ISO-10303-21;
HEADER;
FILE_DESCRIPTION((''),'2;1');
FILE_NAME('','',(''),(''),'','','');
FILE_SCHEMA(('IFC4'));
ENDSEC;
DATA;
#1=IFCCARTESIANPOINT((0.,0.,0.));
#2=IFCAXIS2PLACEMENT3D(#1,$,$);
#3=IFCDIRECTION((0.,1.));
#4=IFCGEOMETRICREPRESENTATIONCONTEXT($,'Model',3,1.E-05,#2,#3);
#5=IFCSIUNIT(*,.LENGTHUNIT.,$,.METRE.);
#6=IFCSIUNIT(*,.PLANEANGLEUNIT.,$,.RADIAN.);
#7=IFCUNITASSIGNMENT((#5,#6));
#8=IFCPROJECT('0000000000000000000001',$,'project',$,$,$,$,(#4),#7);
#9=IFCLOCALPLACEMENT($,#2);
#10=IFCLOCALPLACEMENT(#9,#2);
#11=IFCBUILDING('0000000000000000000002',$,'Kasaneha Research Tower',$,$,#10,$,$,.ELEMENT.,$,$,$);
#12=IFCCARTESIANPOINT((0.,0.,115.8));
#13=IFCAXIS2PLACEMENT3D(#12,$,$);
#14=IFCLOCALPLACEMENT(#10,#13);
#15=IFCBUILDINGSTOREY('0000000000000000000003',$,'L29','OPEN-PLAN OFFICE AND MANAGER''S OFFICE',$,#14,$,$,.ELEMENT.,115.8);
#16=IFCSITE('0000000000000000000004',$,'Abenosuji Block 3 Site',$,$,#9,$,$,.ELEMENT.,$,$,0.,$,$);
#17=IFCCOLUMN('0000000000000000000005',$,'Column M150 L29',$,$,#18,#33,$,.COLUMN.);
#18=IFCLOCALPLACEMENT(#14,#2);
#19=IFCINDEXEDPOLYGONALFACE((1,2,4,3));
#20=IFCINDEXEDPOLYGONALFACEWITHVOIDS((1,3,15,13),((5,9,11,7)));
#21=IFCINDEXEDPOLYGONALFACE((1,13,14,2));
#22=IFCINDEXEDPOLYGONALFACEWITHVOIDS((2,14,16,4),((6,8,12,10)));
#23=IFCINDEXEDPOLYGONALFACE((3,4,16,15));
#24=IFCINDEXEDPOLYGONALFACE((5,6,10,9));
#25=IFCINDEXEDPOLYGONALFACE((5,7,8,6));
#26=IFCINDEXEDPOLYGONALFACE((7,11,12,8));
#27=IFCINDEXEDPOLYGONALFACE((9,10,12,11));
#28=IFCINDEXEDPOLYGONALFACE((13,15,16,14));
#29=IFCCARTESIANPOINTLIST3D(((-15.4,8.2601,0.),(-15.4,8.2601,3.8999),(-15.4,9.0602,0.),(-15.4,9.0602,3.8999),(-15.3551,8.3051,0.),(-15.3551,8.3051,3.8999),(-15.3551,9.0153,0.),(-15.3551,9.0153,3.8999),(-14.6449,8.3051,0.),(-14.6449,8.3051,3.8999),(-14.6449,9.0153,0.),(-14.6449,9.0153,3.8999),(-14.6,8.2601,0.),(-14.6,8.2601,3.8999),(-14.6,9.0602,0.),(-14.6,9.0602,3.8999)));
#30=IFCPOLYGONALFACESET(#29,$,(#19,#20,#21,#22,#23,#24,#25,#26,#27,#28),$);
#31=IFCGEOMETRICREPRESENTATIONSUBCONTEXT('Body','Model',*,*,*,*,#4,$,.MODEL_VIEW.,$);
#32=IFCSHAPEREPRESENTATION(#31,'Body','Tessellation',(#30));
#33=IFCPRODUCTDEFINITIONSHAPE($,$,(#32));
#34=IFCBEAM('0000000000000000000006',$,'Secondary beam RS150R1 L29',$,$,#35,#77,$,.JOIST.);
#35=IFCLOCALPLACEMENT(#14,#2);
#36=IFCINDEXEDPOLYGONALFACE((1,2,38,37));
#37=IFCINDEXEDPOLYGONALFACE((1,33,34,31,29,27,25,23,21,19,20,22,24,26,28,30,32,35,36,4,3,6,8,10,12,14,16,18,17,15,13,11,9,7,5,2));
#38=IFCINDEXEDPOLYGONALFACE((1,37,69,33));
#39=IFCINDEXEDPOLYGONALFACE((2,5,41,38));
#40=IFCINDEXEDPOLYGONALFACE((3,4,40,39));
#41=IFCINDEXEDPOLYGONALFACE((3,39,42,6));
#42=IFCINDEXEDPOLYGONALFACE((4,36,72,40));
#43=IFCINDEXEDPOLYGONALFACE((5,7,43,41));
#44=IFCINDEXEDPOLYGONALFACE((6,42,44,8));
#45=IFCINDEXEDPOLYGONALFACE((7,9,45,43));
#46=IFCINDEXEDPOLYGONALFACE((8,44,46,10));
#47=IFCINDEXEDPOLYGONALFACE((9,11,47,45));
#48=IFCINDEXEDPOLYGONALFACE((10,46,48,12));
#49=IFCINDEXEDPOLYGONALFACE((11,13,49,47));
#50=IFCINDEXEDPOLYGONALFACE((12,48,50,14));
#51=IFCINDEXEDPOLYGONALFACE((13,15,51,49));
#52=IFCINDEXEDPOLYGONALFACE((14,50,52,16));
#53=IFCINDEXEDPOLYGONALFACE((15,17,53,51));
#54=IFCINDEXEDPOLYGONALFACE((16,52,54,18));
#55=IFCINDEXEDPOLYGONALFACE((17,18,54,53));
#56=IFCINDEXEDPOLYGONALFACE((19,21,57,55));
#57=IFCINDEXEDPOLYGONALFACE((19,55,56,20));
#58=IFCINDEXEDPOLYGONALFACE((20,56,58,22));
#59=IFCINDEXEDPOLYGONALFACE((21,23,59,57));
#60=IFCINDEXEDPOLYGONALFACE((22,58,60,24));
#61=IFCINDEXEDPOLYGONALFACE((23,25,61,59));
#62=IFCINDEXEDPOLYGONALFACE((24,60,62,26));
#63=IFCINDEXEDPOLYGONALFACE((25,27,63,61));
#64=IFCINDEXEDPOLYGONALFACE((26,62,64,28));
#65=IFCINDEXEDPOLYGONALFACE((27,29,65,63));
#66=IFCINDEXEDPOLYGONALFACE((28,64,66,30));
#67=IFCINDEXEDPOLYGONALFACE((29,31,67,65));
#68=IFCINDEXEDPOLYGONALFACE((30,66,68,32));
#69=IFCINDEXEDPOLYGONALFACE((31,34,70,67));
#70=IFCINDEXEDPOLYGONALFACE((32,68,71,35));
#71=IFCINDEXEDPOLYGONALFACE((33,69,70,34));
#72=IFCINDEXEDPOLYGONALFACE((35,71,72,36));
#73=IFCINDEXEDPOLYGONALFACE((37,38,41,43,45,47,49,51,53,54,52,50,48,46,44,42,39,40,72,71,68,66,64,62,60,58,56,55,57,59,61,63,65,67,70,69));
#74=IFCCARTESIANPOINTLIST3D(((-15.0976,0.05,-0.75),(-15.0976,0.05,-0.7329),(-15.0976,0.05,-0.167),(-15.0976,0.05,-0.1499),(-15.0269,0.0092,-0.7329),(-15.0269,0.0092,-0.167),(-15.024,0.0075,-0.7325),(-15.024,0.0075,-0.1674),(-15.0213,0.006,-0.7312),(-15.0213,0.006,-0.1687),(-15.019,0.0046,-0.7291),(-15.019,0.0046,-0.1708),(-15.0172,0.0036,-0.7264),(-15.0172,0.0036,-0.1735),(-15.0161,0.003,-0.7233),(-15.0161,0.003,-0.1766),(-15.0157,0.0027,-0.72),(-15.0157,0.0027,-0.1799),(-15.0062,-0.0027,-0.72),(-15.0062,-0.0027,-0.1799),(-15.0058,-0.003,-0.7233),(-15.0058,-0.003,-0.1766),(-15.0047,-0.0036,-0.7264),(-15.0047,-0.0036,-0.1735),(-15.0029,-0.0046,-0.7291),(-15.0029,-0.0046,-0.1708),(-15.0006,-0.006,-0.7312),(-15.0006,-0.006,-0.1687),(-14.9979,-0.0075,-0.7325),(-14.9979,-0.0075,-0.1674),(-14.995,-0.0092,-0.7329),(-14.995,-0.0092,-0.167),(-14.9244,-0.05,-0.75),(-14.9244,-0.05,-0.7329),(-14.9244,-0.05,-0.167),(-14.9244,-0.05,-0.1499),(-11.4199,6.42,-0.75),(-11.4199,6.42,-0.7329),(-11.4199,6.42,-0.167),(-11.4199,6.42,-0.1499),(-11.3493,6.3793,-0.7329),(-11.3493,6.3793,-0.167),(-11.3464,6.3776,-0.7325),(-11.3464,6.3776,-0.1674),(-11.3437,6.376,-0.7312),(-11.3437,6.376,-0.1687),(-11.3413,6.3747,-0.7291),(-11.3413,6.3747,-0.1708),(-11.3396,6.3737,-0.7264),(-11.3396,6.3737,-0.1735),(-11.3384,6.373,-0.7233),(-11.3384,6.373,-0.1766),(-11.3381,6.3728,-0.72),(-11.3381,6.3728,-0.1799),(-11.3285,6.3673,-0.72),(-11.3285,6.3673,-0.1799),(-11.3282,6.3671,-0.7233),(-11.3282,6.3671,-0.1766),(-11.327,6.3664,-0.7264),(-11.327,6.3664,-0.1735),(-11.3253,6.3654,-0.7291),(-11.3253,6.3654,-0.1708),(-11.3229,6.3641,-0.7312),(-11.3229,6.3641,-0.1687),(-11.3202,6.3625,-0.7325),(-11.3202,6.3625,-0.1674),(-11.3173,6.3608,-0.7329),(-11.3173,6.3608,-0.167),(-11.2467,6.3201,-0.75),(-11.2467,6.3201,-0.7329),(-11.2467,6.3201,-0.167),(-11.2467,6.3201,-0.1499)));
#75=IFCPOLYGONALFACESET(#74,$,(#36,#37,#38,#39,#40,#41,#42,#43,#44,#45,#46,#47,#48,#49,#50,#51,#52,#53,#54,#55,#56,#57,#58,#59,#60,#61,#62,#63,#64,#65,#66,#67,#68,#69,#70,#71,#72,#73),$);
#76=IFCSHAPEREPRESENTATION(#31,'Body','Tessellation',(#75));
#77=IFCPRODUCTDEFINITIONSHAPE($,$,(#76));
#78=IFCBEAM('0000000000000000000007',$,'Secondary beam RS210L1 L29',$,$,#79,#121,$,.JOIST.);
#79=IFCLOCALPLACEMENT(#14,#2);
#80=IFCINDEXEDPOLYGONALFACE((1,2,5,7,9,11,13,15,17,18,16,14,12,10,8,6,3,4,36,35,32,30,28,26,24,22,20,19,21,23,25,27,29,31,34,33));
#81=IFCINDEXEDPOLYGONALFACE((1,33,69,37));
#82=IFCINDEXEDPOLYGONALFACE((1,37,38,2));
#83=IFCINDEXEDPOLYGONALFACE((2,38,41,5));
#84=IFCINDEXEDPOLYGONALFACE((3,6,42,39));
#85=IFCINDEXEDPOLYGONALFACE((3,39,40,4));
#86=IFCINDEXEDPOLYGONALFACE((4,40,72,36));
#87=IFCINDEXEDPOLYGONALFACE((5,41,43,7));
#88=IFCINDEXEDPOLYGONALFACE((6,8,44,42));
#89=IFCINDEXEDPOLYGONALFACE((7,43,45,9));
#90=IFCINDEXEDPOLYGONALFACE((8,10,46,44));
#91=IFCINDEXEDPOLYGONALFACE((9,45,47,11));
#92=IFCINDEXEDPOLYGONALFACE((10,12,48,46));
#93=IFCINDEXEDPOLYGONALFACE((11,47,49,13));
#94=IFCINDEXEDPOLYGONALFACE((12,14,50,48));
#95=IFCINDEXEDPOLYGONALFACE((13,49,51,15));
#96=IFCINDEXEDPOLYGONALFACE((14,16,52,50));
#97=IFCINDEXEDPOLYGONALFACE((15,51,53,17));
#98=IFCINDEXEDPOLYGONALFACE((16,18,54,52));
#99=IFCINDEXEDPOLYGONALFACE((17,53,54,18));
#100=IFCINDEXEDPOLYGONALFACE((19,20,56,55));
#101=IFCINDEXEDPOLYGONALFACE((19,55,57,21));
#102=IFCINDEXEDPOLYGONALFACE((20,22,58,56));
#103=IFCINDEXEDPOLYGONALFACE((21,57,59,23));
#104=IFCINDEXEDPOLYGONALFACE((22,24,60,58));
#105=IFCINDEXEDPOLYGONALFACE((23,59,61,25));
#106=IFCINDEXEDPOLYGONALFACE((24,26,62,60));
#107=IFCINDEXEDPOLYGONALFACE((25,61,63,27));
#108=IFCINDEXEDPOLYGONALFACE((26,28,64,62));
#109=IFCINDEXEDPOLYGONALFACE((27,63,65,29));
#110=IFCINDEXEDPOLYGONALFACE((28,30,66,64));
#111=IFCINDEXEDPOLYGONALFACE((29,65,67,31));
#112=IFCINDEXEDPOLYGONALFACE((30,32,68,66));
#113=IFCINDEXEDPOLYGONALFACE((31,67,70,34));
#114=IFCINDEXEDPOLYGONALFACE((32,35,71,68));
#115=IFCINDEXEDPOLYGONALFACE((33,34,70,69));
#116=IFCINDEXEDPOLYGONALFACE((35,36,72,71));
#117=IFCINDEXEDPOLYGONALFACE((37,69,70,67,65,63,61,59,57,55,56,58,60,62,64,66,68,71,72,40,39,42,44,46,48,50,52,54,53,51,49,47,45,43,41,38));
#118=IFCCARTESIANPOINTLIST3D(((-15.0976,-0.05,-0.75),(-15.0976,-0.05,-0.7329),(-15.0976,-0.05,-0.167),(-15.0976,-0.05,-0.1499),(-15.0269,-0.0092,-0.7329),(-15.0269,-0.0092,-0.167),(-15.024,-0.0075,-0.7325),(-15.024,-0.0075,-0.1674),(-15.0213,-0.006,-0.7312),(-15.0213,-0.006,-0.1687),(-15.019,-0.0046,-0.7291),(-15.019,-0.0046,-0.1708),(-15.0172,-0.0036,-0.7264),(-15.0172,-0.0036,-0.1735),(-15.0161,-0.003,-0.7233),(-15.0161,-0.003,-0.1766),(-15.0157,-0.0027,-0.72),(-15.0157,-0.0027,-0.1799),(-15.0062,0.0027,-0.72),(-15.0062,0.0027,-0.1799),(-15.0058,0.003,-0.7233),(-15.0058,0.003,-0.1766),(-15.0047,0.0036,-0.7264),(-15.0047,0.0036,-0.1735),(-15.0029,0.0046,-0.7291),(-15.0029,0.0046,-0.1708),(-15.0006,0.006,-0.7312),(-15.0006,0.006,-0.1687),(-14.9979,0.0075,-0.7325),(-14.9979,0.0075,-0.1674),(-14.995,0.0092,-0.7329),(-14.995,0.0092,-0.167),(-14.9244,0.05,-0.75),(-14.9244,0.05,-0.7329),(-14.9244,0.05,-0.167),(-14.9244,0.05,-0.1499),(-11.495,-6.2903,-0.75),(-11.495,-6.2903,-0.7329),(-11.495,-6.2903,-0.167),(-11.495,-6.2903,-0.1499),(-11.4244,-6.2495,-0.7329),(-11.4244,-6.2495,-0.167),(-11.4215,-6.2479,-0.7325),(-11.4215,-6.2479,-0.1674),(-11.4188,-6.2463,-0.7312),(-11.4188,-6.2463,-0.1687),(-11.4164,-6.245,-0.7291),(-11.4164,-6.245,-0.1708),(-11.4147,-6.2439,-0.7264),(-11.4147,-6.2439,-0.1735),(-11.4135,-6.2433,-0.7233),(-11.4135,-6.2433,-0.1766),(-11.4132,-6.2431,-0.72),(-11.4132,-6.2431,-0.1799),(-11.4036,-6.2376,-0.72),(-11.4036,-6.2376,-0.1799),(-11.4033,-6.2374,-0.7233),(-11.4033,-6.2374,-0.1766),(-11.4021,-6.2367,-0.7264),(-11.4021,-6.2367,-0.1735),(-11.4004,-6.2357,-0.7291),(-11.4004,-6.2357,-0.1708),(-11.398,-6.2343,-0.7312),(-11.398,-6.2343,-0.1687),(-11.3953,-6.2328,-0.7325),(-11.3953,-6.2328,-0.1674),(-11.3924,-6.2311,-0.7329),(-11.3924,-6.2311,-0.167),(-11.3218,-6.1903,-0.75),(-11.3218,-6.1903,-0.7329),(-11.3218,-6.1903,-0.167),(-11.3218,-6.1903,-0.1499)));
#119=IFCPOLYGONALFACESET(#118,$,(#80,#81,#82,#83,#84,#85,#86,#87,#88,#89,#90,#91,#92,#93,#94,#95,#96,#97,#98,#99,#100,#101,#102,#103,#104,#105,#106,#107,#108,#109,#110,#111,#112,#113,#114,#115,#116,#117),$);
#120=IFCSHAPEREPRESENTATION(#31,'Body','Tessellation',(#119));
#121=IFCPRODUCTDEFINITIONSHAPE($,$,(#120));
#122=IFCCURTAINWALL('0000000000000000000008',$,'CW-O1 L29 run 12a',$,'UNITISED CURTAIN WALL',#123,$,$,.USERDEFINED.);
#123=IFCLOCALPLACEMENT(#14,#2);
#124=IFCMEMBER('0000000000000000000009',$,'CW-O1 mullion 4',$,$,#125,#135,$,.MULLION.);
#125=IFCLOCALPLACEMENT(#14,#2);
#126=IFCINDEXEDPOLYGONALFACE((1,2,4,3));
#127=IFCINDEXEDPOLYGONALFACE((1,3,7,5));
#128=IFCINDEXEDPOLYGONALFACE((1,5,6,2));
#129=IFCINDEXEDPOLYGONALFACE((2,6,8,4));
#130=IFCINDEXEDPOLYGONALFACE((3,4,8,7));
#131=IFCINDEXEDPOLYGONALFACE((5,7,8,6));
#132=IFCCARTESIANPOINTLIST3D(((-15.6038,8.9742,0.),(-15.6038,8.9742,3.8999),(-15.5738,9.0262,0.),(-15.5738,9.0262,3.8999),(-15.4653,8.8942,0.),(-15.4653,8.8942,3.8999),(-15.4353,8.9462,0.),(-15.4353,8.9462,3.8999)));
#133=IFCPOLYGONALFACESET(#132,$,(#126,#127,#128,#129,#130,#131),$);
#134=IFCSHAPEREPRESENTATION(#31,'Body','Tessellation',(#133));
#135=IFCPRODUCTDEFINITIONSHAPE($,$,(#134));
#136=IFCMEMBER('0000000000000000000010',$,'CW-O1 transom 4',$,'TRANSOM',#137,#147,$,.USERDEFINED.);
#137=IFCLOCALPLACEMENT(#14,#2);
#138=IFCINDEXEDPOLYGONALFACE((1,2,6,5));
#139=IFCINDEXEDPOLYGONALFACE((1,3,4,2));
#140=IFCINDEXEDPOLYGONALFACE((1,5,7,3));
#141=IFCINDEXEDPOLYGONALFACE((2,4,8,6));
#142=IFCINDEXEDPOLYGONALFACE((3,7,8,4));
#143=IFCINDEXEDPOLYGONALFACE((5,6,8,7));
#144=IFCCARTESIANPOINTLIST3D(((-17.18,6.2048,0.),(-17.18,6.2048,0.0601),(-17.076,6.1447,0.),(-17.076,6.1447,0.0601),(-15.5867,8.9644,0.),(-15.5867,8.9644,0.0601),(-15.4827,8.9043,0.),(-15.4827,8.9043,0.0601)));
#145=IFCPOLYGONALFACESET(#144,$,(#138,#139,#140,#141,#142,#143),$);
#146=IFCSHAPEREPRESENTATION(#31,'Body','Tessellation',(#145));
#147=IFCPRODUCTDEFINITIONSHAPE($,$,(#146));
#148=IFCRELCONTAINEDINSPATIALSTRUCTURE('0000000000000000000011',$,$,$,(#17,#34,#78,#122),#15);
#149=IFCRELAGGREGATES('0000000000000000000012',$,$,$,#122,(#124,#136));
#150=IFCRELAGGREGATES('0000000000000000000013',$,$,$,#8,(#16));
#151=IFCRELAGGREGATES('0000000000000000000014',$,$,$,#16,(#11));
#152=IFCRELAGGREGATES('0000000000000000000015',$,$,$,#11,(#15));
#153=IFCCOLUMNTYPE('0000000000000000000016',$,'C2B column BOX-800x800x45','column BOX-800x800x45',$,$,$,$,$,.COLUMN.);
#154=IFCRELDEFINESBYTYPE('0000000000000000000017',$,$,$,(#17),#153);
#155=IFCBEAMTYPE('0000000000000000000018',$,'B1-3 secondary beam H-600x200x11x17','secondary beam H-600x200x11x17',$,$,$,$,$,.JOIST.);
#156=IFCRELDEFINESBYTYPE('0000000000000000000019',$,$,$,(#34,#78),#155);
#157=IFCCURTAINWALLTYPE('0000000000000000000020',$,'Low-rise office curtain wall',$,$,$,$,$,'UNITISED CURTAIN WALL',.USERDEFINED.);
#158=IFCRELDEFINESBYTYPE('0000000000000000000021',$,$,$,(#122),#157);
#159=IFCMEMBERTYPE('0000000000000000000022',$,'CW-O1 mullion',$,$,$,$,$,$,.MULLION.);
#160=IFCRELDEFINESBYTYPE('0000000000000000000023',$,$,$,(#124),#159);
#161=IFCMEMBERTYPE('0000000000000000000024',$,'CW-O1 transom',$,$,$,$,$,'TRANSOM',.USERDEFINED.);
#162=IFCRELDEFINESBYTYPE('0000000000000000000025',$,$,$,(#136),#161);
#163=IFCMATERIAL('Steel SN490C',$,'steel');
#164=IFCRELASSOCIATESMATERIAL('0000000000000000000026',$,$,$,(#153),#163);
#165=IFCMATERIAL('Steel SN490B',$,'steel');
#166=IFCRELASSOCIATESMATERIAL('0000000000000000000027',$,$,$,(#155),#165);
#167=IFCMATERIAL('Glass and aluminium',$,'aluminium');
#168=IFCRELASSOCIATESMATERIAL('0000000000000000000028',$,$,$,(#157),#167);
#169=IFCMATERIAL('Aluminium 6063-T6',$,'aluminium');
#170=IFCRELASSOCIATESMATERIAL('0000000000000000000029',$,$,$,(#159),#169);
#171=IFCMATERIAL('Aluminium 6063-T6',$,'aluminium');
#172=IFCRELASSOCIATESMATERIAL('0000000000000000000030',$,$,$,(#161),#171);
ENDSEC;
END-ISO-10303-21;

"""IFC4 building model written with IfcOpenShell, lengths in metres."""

from ifc_helpers import new_model, si_unit, direction, frame, origin, origin_2d, place, context, subcontext, project, spatial, rectangle, hollow_rectangle, i_section, extrude, material, material_profile, profile_set, type_object, element, aggregate, save


model = new_model("IFC4")

# Units and contexts
model_context = context("Model", 3, precision=1e-05, world=origin(), true_north=direction((0.0, 1.0)))
body_context = subcontext(model_context, "Body", "Model", "MODEL_VIEW")
ifc_project = project(units=[si_unit("LENGTHUNIT", "METRE"), si_unit("PLANEANGLEUNIT", "RADIAN")], contexts=[model_context])

# Site, building, storey
site_placement = place(None, origin())
site = spatial("IfcSite", under=ifc_project, at=site_placement, Name="Abenosuji Block 3 Site", CompositionType="ELEMENT", RefElevation=0.0)
building_placement = place(site_placement, origin())
building = spatial("IfcBuilding", under=site, at=building_placement, Name="Kasaneha Research Tower", CompositionType="ELEMENT")
storey_placement = place(building_placement, frame((0.0, 0.0, 115.8)))
storey = spatial("IfcBuildingStorey", under=building, at=storey_placement, Name="L29", Description="OPEN-PLAN OFFICE AND MANAGER'S OFFICE", CompositionType="ELEMENT", Elevation=115.8)

# Column
ifc_material_1 = material(Name="Steel SN490C", Category="steel")
ifc_material_profile_1 = material_profile(ifc_material_1, hollow_rectangle(XDim=0.8, YDim=0.8, WallThickness=0.0449, at=origin_2d()), Name="BOX-800x800x45")
ifc_profile_set_1 = profile_set([ifc_material_profile_1], Name="Steel SN490C")
column_type = type_object("IfcColumnType", Name="C2B column BOX-800x800x45", Description="column BOX-800x800x45", PredefinedType="COLUMN", material=ifc_profile_set_1)
column_placement = place(storey_placement, frame((-15.0, 8.6602, 0.0), z_axis=(0.0, 0.0, 1.0), x_axis=(1.0, 0.0, 0.0)))
element("IfcColumn", 1, at=column_placement, inside=storey, type_object=column_type, Name="Column M150 L29", PredefinedType="COLUMN", context=body_context, shape_type="SweptSolid", body=[
    extrude(hollow_rectangle(XDim=0.8, YDim=0.8, WallThickness=0.0449, at=origin_2d()), origin(), (0.0, 0.0, 1.0), 3.8999),
])

# Beams
ifc_material_2 = material(Name="Steel SN490B", Category="steel")
ifc_material_profile_2 = material_profile(ifc_material_2, i_section(OverallWidth=0.2, OverallDepth=0.6001, WebThickness=0.011, FlangeThickness=0.0171, FilletRadius=0.0129, at=origin_2d()), Name="H-600x200x11x17")
ifc_profile_set_2 = profile_set([ifc_material_profile_2], Name="Steel SN490B")
beam_type_1 = type_object("IfcBeamType", Name="B1-3 secondary beam H-600x200x11x17", Description="secondary beam H-600x200x11x17", PredefinedType="JOIST", material=ifc_profile_set_2)
beam_1_placement = place(storey_placement, frame((-15.011, 0.0, -0.45), z_axis=(0.499994, 0.866029, 0.0), x_axis=(-0.866029, 0.499994, 0.0)))
element("IfcBeam", 2, at=beam_1_placement, inside=storey, type_object=beam_type_1, Name="Secondary beam RS150R1 L29", PredefinedType="JOIST", context=body_context, shape_type="SweptSolid", body=[
    extrude(i_section(OverallWidth=0.2, OverallDepth=0.6001, WebThickness=0.011, FlangeThickness=0.0171, FilletRadius=0.0129, at=origin_2d()), origin(), (0.0, 0.0, 1.0), 7.3555),
])
beam_2_placement = place(storey_placement, frame((-15.011, 0.0, -0.45), z_axis=(0.499973, -0.866041, 0.0), x_axis=(0.866041, 0.499973, 0.0)))
element("IfcBeam", 3, at=beam_2_placement, inside=storey, type_object=beam_type_1, Name="Secondary beam RS210L1 L29", PredefinedType="JOIST", context=body_context, shape_type="SweptSolid", body=[
    extrude(i_section(OverallWidth=0.2, OverallDepth=0.6001, WebThickness=0.011, FlangeThickness=0.0171, FilletRadius=0.0129, at=origin_2d()), origin(), (0.0, 0.0, 1.0), 7.2056),
])

# Curtain wall, members
ifc_material_3 = material(Name="Glass and aluminium", Category="aluminium")
curtain_wall_type = type_object("IfcCurtainWallType", Name="Low-rise office curtain wall", ElementType="UNITISED CURTAIN WALL", PredefinedType="USERDEFINED", material=ifc_material_3)
curtain_wall_placement = place(storey_placement, origin())
curtain_wall = element("IfcCurtainWall", 4, at=curtain_wall_placement, inside=storey, type_object=curtain_wall_type, Name="CW-O1 L29 run 12a", ObjectType="UNITISED CURTAIN WALL", PredefinedType="USERDEFINED")
ifc_material_4 = material(Name="Aluminium 6063-T6", Category="aluminium")
ifc_material_profile_3 = material_profile(ifc_material_4, rectangle(XDim=0.0601, YDim=0.1599, at=origin_2d()), Name="CW-O1 mullion 60x160")
ifc_profile_set_3 = profile_set([ifc_material_profile_3], Name="Aluminium 6063-T6")
member_type_1 = type_object("IfcMemberType", Name="CW-O1 mullion", PredefinedType="MULLION", material=ifc_profile_set_3)
member_1_placement = place(storey_placement, frame((-15.5195, 8.9602, 0.0), z_axis=(0.0, 0.0, 1.0), x_axis=(-0.5, -0.866025, 0.0)))
member_1 = element("IfcMember", 5, at=member_1_placement, type_object=member_type_1, Name="CW-O1 mullion 4", PredefinedType="MULLION", context=body_context, shape_type="SweptSolid", body=[
    extrude(rectangle(XDim=0.0601, YDim=0.1599, at=origin_2d()), origin(), (0.0, 0.0, 1.0), 3.8999),
])
ifc_material_5 = material(Name="Aluminium 6063-T6", Category="aluminium")
ifc_material_profile_4 = material_profile(ifc_material_5, rectangle(XDim=0.1201, YDim=0.0601, at=origin_2d()), Name="CW-O1 transom 120x60")
ifc_profile_set_4 = profile_set([ifc_material_profile_4], Name="Aluminium 6063-T6")
member_type_2 = type_object("IfcMemberType", Name="CW-O1 transom", ElementType="TRANSOM", PredefinedType="USERDEFINED", material=ifc_profile_set_4)
member_2_placement = place(storey_placement, frame((-15.5347, 8.9343, 0.03), z_axis=(-0.500012, -0.866018, 0.0), x_axis=(0.866018, -0.500012, 0.0)))
member_2 = element("IfcMember", 6, at=member_2_placement, type_object=member_type_2, Name="CW-O1 transom 4", ObjectType="TRANSOM", PredefinedType="USERDEFINED", context=body_context, shape_type="SweptSolid", body=[
    extrude(rectangle(XDim=0.1201, YDim=0.0601, at=origin_2d()), origin(), (0.0, 0.0, 1.0), 3.1865),
])

aggregate(curtain_wall, [member_1, member_2])

save(model, "model.ifc")
